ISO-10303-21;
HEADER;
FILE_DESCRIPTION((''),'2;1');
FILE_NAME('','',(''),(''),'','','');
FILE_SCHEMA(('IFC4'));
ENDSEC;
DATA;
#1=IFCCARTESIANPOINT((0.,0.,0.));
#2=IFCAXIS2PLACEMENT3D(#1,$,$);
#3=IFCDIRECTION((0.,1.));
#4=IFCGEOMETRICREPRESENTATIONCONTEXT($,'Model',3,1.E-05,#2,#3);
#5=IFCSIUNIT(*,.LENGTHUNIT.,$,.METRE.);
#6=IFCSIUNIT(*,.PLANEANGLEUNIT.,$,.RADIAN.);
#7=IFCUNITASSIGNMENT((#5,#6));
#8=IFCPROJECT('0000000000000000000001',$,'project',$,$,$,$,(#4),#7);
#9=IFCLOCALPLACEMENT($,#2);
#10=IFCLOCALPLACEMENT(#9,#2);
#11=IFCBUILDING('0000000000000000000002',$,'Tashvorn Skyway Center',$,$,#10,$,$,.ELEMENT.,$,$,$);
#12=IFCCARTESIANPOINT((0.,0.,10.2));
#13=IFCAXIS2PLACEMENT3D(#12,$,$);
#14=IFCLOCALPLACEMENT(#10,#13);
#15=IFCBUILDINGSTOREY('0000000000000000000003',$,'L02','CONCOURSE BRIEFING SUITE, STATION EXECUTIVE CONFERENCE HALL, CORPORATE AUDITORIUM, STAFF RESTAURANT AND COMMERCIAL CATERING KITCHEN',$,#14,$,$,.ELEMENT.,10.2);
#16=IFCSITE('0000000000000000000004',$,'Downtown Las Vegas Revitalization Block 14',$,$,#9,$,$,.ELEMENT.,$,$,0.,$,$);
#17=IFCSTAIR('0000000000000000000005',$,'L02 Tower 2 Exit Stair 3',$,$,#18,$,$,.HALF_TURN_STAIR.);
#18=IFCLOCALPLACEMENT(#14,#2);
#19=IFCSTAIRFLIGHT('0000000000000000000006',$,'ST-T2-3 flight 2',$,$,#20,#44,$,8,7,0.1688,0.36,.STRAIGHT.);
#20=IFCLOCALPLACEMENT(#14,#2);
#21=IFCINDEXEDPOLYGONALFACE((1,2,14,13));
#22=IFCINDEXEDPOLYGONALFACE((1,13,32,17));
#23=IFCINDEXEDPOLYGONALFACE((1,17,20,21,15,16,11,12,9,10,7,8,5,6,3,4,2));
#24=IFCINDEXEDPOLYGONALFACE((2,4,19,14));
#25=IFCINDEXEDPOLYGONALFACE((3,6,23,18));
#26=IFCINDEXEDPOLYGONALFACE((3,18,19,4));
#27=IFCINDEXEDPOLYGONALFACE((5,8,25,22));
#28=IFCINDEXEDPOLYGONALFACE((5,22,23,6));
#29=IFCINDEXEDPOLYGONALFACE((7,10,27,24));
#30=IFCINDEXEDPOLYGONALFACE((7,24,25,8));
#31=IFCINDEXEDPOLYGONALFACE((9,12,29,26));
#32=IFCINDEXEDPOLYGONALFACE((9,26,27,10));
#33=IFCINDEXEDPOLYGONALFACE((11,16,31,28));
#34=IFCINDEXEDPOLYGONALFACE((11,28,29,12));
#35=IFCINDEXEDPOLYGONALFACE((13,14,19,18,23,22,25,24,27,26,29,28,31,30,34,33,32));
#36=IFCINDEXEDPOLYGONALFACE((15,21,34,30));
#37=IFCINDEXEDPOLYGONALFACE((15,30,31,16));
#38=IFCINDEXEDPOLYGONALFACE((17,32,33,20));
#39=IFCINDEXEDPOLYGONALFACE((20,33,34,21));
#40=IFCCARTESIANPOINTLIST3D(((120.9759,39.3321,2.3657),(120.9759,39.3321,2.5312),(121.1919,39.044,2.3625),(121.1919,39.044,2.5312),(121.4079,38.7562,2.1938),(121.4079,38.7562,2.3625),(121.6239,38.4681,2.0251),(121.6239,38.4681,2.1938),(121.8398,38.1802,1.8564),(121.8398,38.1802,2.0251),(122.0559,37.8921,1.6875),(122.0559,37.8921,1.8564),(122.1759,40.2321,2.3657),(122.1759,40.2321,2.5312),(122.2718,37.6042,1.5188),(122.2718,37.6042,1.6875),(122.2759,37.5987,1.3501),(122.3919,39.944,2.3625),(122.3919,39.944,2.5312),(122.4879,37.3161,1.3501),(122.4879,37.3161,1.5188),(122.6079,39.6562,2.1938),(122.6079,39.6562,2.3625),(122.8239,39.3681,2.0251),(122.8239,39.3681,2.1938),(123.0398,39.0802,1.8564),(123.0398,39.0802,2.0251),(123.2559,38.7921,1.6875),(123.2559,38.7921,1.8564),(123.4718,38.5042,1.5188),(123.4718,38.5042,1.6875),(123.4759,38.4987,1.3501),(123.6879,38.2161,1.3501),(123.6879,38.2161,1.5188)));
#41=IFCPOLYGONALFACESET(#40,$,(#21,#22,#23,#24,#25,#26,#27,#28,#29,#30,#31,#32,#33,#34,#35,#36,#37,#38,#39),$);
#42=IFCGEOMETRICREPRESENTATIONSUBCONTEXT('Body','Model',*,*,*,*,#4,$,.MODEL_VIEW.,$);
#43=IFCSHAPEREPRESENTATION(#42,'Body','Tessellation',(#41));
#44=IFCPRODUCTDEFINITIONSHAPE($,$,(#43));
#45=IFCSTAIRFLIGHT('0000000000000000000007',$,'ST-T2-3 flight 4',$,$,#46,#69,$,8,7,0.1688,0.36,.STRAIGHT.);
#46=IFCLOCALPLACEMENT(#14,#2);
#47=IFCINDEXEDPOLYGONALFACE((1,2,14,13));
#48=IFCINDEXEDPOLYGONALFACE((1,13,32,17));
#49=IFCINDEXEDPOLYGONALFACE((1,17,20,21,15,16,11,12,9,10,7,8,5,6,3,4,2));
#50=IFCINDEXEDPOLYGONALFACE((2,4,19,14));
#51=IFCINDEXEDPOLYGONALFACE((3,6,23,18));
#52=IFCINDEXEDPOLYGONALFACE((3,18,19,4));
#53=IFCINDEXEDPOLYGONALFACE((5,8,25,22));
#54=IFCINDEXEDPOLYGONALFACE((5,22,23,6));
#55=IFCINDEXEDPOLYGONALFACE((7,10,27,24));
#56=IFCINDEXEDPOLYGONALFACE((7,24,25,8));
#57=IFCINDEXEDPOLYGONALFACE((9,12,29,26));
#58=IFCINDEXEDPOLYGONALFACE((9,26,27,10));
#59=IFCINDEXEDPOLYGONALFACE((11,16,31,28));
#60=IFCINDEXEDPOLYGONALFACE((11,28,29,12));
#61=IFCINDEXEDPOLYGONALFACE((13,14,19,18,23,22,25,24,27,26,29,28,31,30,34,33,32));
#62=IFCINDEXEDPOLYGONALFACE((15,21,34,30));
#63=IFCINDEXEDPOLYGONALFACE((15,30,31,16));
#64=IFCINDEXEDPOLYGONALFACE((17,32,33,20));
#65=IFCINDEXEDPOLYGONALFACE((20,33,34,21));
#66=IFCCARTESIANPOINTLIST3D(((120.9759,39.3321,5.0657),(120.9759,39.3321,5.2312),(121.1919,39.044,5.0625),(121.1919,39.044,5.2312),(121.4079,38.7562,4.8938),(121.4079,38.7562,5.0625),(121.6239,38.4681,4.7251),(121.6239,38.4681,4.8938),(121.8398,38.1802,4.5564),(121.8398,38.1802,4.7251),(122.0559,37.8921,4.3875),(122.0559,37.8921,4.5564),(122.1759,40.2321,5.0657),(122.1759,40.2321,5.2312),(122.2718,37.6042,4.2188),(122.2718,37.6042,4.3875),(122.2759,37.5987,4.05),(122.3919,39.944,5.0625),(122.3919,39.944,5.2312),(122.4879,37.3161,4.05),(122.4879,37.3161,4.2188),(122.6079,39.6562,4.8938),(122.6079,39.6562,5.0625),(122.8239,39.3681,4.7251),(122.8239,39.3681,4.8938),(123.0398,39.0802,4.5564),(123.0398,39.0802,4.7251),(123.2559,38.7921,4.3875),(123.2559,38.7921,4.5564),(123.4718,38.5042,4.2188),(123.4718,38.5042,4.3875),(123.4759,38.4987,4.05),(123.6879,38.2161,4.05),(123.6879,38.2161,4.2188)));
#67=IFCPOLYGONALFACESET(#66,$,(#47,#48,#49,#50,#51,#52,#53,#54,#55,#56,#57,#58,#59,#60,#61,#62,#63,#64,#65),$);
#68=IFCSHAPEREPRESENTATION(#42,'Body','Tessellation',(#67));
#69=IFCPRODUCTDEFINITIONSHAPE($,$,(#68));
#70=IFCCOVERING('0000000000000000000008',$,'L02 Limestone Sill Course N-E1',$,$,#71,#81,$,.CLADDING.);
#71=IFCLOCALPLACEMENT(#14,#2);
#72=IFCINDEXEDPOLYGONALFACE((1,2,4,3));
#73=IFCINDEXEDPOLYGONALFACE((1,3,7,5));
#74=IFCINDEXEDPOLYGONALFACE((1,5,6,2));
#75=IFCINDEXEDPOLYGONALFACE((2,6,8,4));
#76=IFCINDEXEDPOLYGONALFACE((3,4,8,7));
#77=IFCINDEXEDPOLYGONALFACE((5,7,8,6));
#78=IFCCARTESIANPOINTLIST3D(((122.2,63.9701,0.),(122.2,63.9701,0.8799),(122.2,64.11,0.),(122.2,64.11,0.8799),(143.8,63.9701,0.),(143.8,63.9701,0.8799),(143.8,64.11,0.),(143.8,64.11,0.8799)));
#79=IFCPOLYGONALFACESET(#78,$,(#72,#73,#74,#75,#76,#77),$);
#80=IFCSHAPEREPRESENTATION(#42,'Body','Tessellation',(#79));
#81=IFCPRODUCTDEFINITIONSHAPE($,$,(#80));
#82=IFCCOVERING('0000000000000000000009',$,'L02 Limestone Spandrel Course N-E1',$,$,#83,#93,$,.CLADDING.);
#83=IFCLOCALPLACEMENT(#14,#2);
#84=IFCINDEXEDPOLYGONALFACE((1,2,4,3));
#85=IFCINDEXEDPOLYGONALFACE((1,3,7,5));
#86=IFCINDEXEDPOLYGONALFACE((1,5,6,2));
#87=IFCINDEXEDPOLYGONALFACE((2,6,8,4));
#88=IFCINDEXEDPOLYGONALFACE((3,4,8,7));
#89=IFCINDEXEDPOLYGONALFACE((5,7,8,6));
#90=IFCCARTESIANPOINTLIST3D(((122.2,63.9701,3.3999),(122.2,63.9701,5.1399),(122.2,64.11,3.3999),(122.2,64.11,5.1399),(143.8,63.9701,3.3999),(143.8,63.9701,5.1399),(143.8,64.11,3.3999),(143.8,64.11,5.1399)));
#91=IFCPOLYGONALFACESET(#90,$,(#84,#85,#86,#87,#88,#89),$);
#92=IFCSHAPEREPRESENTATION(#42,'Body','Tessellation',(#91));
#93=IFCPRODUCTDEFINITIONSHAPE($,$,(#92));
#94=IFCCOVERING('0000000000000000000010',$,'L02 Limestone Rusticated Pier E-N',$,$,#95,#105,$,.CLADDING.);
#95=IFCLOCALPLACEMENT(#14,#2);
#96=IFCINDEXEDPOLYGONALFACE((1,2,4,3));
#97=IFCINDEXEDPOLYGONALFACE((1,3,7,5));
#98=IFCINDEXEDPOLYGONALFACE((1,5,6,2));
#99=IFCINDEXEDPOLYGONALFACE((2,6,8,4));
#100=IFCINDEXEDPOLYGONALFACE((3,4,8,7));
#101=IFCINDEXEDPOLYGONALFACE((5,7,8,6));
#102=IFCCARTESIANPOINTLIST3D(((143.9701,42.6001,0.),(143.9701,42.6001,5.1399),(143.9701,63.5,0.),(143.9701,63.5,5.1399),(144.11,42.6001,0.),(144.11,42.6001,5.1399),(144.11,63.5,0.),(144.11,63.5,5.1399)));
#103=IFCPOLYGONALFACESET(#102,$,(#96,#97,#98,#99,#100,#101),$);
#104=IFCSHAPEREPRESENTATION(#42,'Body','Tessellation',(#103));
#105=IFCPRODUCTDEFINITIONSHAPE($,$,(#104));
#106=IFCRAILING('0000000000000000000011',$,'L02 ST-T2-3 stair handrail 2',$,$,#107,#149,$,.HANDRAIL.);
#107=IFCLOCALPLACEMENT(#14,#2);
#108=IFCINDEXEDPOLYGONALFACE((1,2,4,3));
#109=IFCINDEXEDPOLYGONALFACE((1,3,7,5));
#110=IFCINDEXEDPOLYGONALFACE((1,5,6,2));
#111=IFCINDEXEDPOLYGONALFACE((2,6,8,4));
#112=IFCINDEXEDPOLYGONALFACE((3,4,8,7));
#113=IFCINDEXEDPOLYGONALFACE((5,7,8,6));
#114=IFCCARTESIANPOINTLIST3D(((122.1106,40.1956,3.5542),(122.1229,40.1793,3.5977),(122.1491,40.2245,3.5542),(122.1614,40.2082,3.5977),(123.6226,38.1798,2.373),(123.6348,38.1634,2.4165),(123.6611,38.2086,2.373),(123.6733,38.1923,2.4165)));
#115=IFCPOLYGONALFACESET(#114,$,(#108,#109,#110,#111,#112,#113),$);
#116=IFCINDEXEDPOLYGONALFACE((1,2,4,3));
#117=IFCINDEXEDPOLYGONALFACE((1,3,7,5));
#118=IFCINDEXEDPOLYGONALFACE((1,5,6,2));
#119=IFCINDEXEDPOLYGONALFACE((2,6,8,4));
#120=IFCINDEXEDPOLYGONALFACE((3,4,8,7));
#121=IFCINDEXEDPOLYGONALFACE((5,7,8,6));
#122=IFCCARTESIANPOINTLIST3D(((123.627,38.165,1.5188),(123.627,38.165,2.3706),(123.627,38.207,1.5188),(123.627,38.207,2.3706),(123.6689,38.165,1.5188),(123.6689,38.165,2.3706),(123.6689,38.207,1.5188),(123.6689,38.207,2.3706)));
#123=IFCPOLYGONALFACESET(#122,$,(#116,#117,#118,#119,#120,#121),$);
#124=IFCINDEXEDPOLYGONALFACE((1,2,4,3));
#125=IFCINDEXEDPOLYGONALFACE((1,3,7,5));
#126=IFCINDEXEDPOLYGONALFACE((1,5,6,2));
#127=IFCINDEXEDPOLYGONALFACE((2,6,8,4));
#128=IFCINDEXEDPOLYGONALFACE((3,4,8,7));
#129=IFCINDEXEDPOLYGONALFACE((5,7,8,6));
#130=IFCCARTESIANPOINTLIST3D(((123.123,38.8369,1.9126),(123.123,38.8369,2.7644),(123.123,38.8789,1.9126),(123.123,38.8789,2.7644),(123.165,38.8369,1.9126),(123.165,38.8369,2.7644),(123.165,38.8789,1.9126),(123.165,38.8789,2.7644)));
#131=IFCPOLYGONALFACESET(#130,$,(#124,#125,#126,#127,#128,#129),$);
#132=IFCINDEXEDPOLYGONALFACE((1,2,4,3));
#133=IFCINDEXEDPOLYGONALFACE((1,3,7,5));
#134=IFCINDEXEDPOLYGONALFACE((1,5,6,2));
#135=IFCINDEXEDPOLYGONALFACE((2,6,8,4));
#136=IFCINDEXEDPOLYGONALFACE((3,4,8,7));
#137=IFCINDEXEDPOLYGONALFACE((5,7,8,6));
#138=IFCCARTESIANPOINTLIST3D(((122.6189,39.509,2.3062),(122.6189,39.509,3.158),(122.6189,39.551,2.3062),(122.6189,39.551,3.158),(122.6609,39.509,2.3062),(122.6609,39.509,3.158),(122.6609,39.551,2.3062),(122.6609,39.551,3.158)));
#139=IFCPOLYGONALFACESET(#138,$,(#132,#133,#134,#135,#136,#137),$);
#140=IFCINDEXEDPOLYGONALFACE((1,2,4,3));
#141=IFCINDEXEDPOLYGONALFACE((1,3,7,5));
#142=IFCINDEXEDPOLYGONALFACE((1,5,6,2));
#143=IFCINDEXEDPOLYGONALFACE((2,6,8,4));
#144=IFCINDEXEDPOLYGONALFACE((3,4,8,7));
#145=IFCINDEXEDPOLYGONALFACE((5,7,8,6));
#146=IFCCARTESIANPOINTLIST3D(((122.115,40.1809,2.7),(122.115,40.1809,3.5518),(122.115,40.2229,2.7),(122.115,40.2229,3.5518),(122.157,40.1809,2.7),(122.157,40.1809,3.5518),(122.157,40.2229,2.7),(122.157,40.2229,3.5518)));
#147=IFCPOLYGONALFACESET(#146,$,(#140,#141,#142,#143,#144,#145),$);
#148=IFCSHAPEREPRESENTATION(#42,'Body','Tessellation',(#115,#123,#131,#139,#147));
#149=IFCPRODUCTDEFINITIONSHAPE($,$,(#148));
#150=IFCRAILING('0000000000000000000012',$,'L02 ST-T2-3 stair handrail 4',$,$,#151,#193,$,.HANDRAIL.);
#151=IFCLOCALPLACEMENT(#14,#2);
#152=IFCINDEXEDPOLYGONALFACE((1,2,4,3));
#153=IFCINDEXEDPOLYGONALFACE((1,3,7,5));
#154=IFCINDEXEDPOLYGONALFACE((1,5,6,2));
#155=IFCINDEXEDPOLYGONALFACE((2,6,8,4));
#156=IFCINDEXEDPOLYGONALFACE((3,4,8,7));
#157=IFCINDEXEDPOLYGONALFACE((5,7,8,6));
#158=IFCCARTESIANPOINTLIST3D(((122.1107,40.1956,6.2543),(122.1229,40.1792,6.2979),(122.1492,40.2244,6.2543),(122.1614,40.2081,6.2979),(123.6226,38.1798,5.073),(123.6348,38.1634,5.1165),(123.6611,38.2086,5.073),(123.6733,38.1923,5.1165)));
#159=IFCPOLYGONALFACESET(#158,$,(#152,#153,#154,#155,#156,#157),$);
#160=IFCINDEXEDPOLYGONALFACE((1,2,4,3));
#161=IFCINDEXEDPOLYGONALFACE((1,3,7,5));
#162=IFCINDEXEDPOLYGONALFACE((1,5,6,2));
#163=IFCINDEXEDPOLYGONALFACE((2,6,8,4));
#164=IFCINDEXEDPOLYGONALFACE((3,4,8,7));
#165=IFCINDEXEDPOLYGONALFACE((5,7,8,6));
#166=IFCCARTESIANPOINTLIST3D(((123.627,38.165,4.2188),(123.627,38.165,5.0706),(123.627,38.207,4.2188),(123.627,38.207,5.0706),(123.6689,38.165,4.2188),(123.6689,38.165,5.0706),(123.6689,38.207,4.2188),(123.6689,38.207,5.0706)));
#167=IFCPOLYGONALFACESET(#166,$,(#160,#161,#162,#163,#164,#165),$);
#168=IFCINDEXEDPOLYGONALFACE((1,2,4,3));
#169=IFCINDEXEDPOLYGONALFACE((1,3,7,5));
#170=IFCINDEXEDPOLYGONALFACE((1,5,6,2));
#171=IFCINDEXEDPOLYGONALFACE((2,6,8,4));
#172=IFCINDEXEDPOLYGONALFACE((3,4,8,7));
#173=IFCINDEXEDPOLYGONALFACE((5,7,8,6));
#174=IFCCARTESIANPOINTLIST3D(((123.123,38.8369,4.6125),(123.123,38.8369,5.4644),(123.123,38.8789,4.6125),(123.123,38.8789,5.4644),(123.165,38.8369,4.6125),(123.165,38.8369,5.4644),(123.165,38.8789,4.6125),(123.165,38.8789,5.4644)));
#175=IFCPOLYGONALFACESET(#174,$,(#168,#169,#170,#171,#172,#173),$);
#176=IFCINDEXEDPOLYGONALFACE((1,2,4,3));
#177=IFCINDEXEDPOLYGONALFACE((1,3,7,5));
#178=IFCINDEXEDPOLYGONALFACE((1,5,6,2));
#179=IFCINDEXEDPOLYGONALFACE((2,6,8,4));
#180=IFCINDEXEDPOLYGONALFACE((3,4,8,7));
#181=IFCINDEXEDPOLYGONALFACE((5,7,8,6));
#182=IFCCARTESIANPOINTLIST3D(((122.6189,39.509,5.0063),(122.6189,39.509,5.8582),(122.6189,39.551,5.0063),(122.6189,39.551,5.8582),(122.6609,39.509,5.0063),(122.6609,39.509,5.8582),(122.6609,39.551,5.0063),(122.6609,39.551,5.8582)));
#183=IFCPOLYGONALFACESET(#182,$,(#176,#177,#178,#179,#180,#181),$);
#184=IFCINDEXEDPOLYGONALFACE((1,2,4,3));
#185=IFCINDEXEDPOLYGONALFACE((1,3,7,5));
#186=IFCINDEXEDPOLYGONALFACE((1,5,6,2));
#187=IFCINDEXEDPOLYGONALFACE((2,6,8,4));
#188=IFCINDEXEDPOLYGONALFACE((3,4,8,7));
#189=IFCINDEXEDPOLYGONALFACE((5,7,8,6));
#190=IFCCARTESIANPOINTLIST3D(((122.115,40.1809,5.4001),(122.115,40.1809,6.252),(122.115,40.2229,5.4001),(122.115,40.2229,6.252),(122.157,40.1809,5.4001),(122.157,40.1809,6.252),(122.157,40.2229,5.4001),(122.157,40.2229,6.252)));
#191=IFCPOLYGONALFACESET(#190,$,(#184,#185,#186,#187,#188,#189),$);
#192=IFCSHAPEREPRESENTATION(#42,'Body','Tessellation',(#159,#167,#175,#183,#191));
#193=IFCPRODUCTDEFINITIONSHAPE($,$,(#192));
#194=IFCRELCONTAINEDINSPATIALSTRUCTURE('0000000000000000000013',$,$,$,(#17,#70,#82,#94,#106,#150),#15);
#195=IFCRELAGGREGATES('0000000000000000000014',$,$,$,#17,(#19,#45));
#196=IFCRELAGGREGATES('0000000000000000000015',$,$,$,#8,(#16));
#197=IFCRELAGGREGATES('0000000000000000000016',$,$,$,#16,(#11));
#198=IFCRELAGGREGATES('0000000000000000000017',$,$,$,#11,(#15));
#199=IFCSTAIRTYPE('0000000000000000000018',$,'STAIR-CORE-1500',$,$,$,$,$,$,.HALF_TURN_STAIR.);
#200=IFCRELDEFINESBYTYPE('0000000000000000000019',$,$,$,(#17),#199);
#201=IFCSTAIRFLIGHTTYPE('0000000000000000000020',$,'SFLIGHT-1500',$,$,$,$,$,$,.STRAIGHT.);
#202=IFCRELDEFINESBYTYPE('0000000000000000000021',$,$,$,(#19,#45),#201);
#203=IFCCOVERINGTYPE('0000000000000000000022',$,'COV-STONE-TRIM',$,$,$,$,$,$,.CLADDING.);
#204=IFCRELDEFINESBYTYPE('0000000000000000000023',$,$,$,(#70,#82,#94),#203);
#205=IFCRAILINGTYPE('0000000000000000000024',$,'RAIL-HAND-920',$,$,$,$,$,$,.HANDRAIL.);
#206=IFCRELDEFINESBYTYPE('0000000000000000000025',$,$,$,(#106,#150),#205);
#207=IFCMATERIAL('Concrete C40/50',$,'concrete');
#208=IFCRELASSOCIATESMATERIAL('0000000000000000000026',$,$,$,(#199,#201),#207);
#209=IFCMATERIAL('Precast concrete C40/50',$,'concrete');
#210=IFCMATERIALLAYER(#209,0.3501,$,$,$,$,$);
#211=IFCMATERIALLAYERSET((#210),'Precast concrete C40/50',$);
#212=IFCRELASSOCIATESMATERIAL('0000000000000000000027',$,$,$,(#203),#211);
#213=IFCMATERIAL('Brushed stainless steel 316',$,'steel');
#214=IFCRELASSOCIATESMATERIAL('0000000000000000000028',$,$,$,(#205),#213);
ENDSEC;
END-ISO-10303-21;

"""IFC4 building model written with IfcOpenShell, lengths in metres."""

from ifc_helpers import new_model, si_unit, direction, frame, origin, origin_2d, place, context, subcontext, project, spatial, polyline, rectangle, outline, extrude, material, layer, layer_set, type_object, element, aggregate, save


model = new_model("IFC4")

# Units and contexts
model_context = context("Model", 3, precision=1e-05, world=origin(), true_north=direction((0.0, 1.0)))
body_context = subcontext(model_context, "Body", "Model", "MODEL_VIEW")
ifc_project = project(units=[si_unit("LENGTHUNIT", "METRE"), si_unit("PLANEANGLEUNIT", "RADIAN")], contexts=[model_context])

# Site, building, storey
site_placement = place(None, origin())
site = spatial("IfcSite", under=ifc_project, at=site_placement, Name="Downtown Las Vegas Revitalization Block 14", CompositionType="ELEMENT", RefElevation=0.0)
building_placement = place(site_placement, origin())
building = spatial("IfcBuilding", under=site, at=building_placement, Name="Tashvorn Skyway Center", CompositionType="ELEMENT")
storey_placement = place(building_placement, frame((0.0, 0.0, 10.2)))
storey = spatial("IfcBuildingStorey", under=building, at=storey_placement, Name="L02", Description="CONCOURSE BRIEFING SUITE, STATION EXECUTIVE CONFERENCE HALL, CORPORATE AUDITORIUM, STAFF RESTAURANT AND COMMERCIAL CATERING KITCHEN", CompositionType="ELEMENT", Elevation=10.2)

# Shared definitions
ifc_material_1 = material(Name="Precast concrete C40/50", Category="concrete")

# Shared definitions
ifc_material_2 = material(Name="Concrete C40/50", Category="concrete")

# Stair, stair flights
stair_type = type_object("IfcStairType", Name="STAIR-CORE-1500", PredefinedType="HALF_TURN_STAIR", material=ifc_material_2)
stair_placement = place(storey_placement, origin())
stair = element("IfcStair", 1, at=stair_placement, inside=storey, type_object=stair_type, Name="L02 Tower 2 Exit Stair 3", PredefinedType="HALF_TURN_STAIR")
stair_flight_type = type_object("IfcStairFlightType", Name="SFLIGHT-1500", PredefinedType="STRAIGHT", material=ifc_material_2)
stair_flight_1_placement = place(storey_placement, frame((123.0879, 37.7661, 1.3501), z_axis=(0.0, 0.0, 1.0), x_axis=(-0.6, 0.8, 0.0)))
stair_flight_1 = element("IfcStairFlight", 2, at=stair_flight_1_placement, type_object=stair_flight_type, Name="ST-T2-3 flight 2", NumberOfRisers=8, NumberOfTreads=7, PredefinedType="STRAIGHT", RiserHeight=0.1688, TreadLength=0.36, context=body_context, shape_type="SweptSolid", body=[
    extrude(outline(polyline([(0.0, 0.0), (0.0, 0.1687), (0.3601, 0.1687), (0.3601, 0.3374), (0.72, 0.3374), (0.72, 0.5063), (1.0801, 0.5063), (1.0801, 0.675), (1.4399, 0.675), (1.4399, 0.8438), (1.8, 0.8438), (1.8, 1.0125), (2.1599, 1.0125), (2.1599, 1.1812), (2.52, 1.1812), (2.52, 1.3501), (2.52, 1.0156), (0.3533, 0.0), (0.0, 0.0)])), frame((0.0, 0.75, 0.0), z_axis=(0.0, -1.0, 0.0), x_axis=(1.0, 0.0, 0.0)), (0.0, 0.0, 1.0), 1.5),
])
stair_flight_2_placement = place(storey_placement, frame((123.0879, 37.7661, 4.05), z_axis=(0.0, 0.0, 1.0), x_axis=(-0.6, 0.8, 0.0)))
stair_flight_2 = element("IfcStairFlight", 3, at=stair_flight_2_placement, type_object=stair_flight_type, Name="ST-T2-3 flight 4", NumberOfRisers=8, NumberOfTreads=7, PredefinedType="STRAIGHT", RiserHeight=0.1688, TreadLength=0.36, context=body_context, shape_type="SweptSolid", body=[
    extrude(outline(polyline([(0.0, 0.0), (0.0, 0.1687), (0.3601, 0.1687), (0.3601, 0.3374), (0.72, 0.3374), (0.72, 0.5063), (1.0801, 0.5063), (1.0801, 0.675), (1.4399, 0.675), (1.4399, 0.8438), (1.8, 0.8438), (1.8, 1.0125), (2.1599, 1.0125), (2.1599, 1.1812), (2.52, 1.1812), (2.52, 1.3501), (2.52, 1.0156), (0.3533, 0.0), (0.0, 0.0)])), frame((0.0, 0.75, 0.0), z_axis=(0.0, -1.0, 0.0), x_axis=(1.0, 0.0, 0.0)), (0.0, 0.0, 1.0), 1.5),
])
aggregate(stair, [stair_flight_1, stair_flight_2])

# Coverings
ifc_layer_1 = layer(ifc_material_1, 0.3501)
ifc_layer_set_1 = layer_set([ifc_layer_1], Name="Precast concrete C40/50")
covering_type = type_object("IfcCoveringType", Name="COV-STONE-TRIM", PredefinedType="CLADDING", material=ifc_layer_set_1)
covering_1_placement = place(storey_placement, frame((133.0, 64.04, 0.0), z_axis=(0.0, 0.0, 1.0), x_axis=(1.0, 0.0, 0.0)))
element("IfcCovering", 4, at=covering_1_placement, inside=storey, type_object=covering_type, Name="L02 Limestone Sill Course N-E1", PredefinedType="CLADDING", context=body_context, shape_type="SweptSolid", body=[
    extrude(rectangle(XDim=21.6001, YDim=0.1399, at=origin_2d()), origin(), (0.0, 0.0, 1.0), 0.8799),
])
covering_2_placement = place(storey_placement, frame((133.0, 64.04, 3.3999), z_axis=(0.0, 0.0, 1.0), x_axis=(1.0, 0.0, 0.0)))
element("IfcCovering", 5, at=covering_2_placement, inside=storey, type_object=covering_type, Name="L02 Limestone Spandrel Course N-E1", PredefinedType="CLADDING", context=body_context, shape_type="SweptSolid", body=[
    extrude(rectangle(XDim=21.6001, YDim=0.1399, at=origin_2d()), origin(), (0.0, 0.0, 1.0), 1.74),
])
covering_3_placement = place(storey_placement, frame((144.04, 53.05, 0.0), z_axis=(0.0, 0.0, 1.0), x_axis=(1.0, 0.0, 0.0)))
element("IfcCovering", 6, at=covering_3_placement, inside=storey, type_object=covering_type, Name="L02 Limestone Rusticated Pier E-N", PredefinedType="CLADDING", context=body_context, shape_type="SweptSolid", body=[
    extrude(rectangle(XDim=0.1399, YDim=20.8999, at=origin_2d()), origin(), (0.0, 0.0, 1.0), 5.1399),
])

# Railings
ifc_material_3 = material(Name="Brushed stainless steel 316", Category="steel")
railing_type_1 = type_object("IfcRailingType", Name="RAIL-HAND-920", PredefinedType="HANDRAIL", material=ifc_material_3)
railing_1_placement = place(storey_placement, frame((123.6479, 38.186, 1.5188)))
element("IfcRailing", 7, at=railing_1_placement, inside=storey, type_object=railing_type_1, Name="L02 ST-T2-3 stair handrail 2", PredefinedType="HANDRAIL", context=body_context, shape_type="SweptSolid", body=[
    extrude(rectangle(XDim=0.0481, YDim=0.0481, at=origin_2d()), frame((0.0, 0.0, 0.876), z_axis=(-0.543293, 0.724361, 0.424423), x_axis=(-0.799988, -0.600016, 0.0)), (0.0, 0.0, 1.0), 2.783),
    extrude(rectangle(XDim=0.042, YDim=0.042, at=origin_2d()), origin(), (0.0, 0.0, 1.0), 0.8518),
    extrude(rectangle(XDim=0.042, YDim=0.042, at=origin_2d()), frame((-0.5039, 0.6719, 0.3938)), (0.0, 0.0, 1.0), 0.8518),
    extrude(rectangle(XDim=0.042, YDim=0.042, at=origin_2d()), frame((-1.0081, 1.344, 0.7874)), (0.0, 0.0, 1.0), 0.8518),
    extrude(rectangle(XDim=0.042, YDim=0.042, at=origin_2d()), frame((-1.512, 2.0159, 1.1812)), (0.0, 0.0, 1.0), 0.8518),
])
railing_2_placement = place(storey_placement, frame((123.6479, 38.186, 4.2188)))
element("IfcRailing", 8, at=railing_2_placement, inside=storey, type_object=railing_type_1, Name="L02 ST-T2-3 stair handrail 4", PredefinedType="HANDRAIL", context=body_context, shape_type="SweptSolid", body=[
    extrude(rectangle(XDim=0.0481, YDim=0.0481, at=origin_2d()), frame((0.0, 0.0, 0.876), z_axis=(-0.543272, 0.724334, 0.424495), x_axis=(-0.799988, -0.600016, 0.0)), (0.0, 0.0, 1.0), 2.783),
    extrude(rectangle(XDim=0.042, YDim=0.042, at=origin_2d()), origin(), (0.0, 0.0, 1.0), 0.8518),
    extrude(rectangle(XDim=0.042, YDim=0.042, at=origin_2d()), frame((-0.5039, 0.6719, 0.3938)), (0.0, 0.0, 1.0), 0.8518),
    extrude(rectangle(XDim=0.042, YDim=0.042, at=origin_2d()), frame((-1.0081, 1.344, 0.7876)), (0.0, 0.0, 1.0), 0.8518),
    extrude(rectangle(XDim=0.042, YDim=0.042, at=origin_2d()), frame((-1.512, 2.0159, 1.1814)), (0.0, 0.0, 1.0), 0.8518),
])

save(model, "model.ifc")
